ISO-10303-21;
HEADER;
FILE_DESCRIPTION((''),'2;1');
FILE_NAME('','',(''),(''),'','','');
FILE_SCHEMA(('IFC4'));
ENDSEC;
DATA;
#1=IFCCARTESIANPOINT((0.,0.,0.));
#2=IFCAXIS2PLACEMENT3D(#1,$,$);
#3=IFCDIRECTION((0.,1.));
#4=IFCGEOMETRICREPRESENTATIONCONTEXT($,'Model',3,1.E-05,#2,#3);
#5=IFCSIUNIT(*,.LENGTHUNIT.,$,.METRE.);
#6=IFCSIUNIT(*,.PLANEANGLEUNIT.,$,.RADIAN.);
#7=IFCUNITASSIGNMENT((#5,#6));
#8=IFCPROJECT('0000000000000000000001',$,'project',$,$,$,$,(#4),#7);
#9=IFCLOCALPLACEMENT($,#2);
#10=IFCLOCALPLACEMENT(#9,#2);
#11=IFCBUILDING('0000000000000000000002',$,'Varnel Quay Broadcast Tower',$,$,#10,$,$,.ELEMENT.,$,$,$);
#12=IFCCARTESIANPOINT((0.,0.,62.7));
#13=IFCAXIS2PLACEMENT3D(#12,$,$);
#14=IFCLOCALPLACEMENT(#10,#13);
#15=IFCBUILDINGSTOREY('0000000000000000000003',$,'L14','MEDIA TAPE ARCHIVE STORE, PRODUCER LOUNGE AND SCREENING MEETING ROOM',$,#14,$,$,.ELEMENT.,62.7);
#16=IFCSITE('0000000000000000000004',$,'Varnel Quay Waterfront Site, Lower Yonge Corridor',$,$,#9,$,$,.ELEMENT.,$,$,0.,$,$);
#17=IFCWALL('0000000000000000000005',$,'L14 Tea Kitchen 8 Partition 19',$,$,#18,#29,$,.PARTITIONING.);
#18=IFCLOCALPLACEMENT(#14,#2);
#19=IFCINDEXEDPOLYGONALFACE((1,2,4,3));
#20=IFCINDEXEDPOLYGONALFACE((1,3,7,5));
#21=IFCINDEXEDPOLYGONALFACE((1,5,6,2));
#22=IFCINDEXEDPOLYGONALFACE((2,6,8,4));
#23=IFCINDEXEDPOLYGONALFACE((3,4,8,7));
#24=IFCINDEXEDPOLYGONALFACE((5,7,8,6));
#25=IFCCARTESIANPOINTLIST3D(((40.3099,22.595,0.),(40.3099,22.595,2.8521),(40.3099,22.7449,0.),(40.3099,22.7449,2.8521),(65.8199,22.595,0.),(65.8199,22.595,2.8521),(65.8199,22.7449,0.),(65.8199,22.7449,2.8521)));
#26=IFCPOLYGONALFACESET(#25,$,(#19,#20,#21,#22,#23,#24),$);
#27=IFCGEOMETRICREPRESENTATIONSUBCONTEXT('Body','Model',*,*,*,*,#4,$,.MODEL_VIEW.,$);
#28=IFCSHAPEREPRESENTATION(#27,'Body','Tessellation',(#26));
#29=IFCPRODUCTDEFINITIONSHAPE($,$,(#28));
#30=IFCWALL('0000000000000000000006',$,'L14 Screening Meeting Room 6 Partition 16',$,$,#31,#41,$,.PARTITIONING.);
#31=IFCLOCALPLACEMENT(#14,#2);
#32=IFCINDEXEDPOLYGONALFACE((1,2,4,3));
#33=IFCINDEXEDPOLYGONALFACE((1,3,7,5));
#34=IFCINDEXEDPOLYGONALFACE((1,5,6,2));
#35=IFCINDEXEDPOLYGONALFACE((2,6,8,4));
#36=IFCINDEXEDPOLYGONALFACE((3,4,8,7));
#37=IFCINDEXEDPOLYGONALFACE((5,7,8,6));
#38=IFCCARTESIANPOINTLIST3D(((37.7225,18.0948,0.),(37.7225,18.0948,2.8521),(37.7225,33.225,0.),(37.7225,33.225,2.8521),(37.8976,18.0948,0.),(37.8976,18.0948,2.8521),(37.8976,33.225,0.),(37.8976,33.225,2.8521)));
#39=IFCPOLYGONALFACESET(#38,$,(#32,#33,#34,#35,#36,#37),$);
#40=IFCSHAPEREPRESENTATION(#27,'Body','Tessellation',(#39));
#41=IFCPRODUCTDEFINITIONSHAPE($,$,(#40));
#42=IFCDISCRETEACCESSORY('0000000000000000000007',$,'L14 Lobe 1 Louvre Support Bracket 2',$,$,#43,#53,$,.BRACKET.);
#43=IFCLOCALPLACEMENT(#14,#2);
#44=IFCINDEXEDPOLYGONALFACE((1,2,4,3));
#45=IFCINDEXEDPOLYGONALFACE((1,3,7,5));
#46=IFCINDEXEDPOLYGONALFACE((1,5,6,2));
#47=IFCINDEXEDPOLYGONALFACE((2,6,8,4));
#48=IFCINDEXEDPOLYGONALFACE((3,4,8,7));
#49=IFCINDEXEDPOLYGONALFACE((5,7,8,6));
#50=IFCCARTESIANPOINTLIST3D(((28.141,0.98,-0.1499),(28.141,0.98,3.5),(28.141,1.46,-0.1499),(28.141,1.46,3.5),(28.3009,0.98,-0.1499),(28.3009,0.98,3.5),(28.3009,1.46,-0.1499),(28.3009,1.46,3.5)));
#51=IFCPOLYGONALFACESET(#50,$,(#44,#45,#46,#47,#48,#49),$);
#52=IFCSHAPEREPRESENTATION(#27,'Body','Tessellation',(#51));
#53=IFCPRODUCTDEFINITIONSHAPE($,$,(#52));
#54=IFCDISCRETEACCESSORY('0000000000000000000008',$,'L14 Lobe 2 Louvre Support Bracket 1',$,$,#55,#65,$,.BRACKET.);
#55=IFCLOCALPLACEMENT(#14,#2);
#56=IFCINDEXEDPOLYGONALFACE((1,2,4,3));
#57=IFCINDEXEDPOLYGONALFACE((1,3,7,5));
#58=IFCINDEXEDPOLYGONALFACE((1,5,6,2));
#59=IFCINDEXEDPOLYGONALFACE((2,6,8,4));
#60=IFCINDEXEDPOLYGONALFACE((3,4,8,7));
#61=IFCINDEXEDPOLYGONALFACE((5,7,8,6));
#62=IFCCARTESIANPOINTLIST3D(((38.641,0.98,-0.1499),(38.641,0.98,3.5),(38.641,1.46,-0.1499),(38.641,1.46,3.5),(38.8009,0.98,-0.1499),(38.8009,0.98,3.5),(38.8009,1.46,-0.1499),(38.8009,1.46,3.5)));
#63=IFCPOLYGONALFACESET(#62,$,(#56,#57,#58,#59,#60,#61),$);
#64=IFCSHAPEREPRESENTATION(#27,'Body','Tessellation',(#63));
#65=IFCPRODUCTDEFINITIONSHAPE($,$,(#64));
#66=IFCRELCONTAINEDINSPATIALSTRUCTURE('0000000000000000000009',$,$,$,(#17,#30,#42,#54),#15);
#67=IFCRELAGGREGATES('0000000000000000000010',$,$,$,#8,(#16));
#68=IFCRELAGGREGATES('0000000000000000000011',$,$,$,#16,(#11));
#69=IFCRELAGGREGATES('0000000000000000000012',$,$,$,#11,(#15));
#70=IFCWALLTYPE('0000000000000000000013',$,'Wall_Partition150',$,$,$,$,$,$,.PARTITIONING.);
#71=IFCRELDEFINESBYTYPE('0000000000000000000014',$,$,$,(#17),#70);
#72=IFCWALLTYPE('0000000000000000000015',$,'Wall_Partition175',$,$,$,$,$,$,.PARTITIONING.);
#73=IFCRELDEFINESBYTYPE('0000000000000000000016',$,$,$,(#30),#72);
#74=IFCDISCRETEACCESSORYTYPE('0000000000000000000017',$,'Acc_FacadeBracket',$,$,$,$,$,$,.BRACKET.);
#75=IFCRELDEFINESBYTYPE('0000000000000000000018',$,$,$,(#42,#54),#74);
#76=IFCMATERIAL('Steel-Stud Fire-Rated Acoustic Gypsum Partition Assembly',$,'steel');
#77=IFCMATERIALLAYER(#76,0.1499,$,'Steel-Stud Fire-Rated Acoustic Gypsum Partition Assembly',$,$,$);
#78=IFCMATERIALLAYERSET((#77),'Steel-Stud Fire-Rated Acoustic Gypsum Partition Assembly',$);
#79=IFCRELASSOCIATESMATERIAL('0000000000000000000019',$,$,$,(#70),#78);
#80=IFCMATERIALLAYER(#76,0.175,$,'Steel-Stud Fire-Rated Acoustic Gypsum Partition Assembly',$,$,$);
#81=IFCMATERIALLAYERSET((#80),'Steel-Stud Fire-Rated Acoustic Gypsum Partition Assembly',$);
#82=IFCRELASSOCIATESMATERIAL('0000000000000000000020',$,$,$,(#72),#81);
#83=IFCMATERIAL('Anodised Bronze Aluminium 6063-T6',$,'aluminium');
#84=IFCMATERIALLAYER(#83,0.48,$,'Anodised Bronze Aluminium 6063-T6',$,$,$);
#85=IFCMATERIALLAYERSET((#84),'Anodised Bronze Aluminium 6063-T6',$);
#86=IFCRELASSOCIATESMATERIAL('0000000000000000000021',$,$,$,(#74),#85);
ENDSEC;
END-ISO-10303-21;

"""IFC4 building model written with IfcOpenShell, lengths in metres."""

from ifc_helpers import new_model, si_unit, direction, frame, frame_2d, origin, origin_2d, place, context, subcontext, project, spatial, rectangle, extrude, source, transform, mapped, material, layer, layer_set, type_object, type_shapes, element, save


model = new_model("IFC4")

# Units and contexts
model_context = context("Model", 3, precision=1e-05, world=origin(), true_north=direction((0.0, 1.0)))
body_context = subcontext(model_context, "Body", "Model", "MODEL_VIEW")
ifc_project = project(units=[si_unit("LENGTHUNIT", "METRE"), si_unit("PLANEANGLEUNIT", "RADIAN")], contexts=[model_context])

# Site, building, storey
site_placement = place(None, origin())
site = spatial("IfcSite", under=ifc_project, at=site_placement, Name="Varnel Quay Waterfront Site, Lower Yonge Corridor", CompositionType="ELEMENT", RefElevation=0.0)
building_placement = place(site_placement, origin())
building = spatial("IfcBuilding", under=site, at=building_placement, Name="Varnel Quay Broadcast Tower", CompositionType="ELEMENT")
storey_placement = place(building_placement, frame((0.0, 0.0, 62.7)))
storey = spatial("IfcBuildingStorey", under=building, at=storey_placement, Name="L14", Description="MEDIA TAPE ARCHIVE STORE, PRODUCER LOUNGE AND SCREENING MEETING ROOM", CompositionType="ELEMENT", Elevation=62.7)

# Shared definitions
ifc_material_1 = material(Name="Anodised Bronze Aluminium 6063-T6", Category="aluminium")

# Shared definitions
ifc_material_2 = material(Name="Steel-Stud Fire-Rated Acoustic Gypsum Partition Assembly", Category="steel")

# Walls
ifc_layer_1 = layer(ifc_material_2, 0.1499, Name="Steel-Stud Fire-Rated Acoustic Gypsum Partition Assembly")
ifc_layer_set_1 = layer_set([ifc_layer_1], Name="Steel-Stud Fire-Rated Acoustic Gypsum Partition Assembly")
wall_type_1 = type_object("IfcWallType", Name="Wall_Partition150", PredefinedType="PARTITIONING", material=ifc_layer_set_1)
wall_1_placement = place(storey_placement, frame((40.3101, 22.6699, 0.0), z_axis=(0.0, 0.0, 1.0), x_axis=(1.0, 0.0, 0.0)))
element("IfcWall", 1, at=wall_1_placement, inside=storey, type_object=wall_type_1, Name="L14 Tea Kitchen 8 Partition 19", PredefinedType="PARTITIONING", context=body_context, shape_type="SweptSolid", body=[
    extrude(rectangle(XDim=25.51, YDim=0.1499, at=frame_2d((12.7549, 0.0))), origin(), (0.0, 0.0, 1.0), 2.8521),
])
ifc_layer_2 = layer(ifc_material_2, 0.175, Name="Steel-Stud Fire-Rated Acoustic Gypsum Partition Assembly")
ifc_layer_set_2 = layer_set([ifc_layer_2], Name="Steel-Stud Fire-Rated Acoustic Gypsum Partition Assembly")
wall_type_2 = type_object("IfcWallType", Name="Wall_Partition175", PredefinedType="PARTITIONING", material=ifc_layer_set_2)
wall_2_placement = place(storey_placement, frame((37.8101, 18.095, 0.0), z_axis=(0.0, 0.0, 1.0), x_axis=(0.0, 1.0, 0.0)))
element("IfcWall", 2, at=wall_2_placement, inside=storey, type_object=wall_type_2, Name="L14 Screening Meeting Room 6 Partition 16", PredefinedType="PARTITIONING", context=body_context, shape_type="SweptSolid", body=[
    extrude(rectangle(XDim=15.1301, YDim=0.175, at=frame_2d((7.5649, 0.0))), origin(), (0.0, 0.0, 1.0), 2.8521),
])

# Discrete accessories
ifc_layer_3 = layer(ifc_material_1, 0.48, Name="Anodised Bronze Aluminium 6063-T6")
ifc_layer_set_3 = layer_set([ifc_layer_3], Name="Anodised Bronze Aluminium 6063-T6")
discrete_accessory_type = type_object("IfcDiscreteAccessoryType", Name="Acc_FacadeBracket", PredefinedType="BRACKET", material=ifc_layer_set_3)
shared_shape_1 = source(origin(), body_context, "Body", "SweptSolid", [
    extrude(rectangle(XDim=0.1599, YDim=0.48, at=origin_2d()), origin(), (0.0, 0.0, 1.0), 3.6499),
])
type_shapes(discrete_accessory_type, [shared_shape_1])
for number, where, z_axis, x_axis, name in (
    (3, (28.2209, 1.22, -0.1499), (0.0, 0.0, 1.0), (1.0, 0.0, 0.0), "L14 Lobe 1 Louvre Support Bracket 2"),
    (4, (38.7209, 1.22, -0.1499), (0.0, 0.0, 1.0), (1.0, 0.0, 0.0), "L14 Lobe 2 Louvre Support Bracket 1"),
):
    element("IfcDiscreteAccessory", number, at=place(storey_placement, frame(where, z_axis=z_axis, x_axis=x_axis)), inside=storey, type_object=discrete_accessory_type, Name=name, PredefinedType="BRACKET", context=body_context, shape_type="MappedRepresentation", body=[
        mapped(shared_shape_1, transform((0.0, 0.0, 0.0), x_axis=(1.0, 0.0, 0.0), y_axis=(0.0, 1.0, 0.0), z_axis=(0.0, 0.0, 1.0), scale=1.0)),
    ])

save(model, "model.ifc")
